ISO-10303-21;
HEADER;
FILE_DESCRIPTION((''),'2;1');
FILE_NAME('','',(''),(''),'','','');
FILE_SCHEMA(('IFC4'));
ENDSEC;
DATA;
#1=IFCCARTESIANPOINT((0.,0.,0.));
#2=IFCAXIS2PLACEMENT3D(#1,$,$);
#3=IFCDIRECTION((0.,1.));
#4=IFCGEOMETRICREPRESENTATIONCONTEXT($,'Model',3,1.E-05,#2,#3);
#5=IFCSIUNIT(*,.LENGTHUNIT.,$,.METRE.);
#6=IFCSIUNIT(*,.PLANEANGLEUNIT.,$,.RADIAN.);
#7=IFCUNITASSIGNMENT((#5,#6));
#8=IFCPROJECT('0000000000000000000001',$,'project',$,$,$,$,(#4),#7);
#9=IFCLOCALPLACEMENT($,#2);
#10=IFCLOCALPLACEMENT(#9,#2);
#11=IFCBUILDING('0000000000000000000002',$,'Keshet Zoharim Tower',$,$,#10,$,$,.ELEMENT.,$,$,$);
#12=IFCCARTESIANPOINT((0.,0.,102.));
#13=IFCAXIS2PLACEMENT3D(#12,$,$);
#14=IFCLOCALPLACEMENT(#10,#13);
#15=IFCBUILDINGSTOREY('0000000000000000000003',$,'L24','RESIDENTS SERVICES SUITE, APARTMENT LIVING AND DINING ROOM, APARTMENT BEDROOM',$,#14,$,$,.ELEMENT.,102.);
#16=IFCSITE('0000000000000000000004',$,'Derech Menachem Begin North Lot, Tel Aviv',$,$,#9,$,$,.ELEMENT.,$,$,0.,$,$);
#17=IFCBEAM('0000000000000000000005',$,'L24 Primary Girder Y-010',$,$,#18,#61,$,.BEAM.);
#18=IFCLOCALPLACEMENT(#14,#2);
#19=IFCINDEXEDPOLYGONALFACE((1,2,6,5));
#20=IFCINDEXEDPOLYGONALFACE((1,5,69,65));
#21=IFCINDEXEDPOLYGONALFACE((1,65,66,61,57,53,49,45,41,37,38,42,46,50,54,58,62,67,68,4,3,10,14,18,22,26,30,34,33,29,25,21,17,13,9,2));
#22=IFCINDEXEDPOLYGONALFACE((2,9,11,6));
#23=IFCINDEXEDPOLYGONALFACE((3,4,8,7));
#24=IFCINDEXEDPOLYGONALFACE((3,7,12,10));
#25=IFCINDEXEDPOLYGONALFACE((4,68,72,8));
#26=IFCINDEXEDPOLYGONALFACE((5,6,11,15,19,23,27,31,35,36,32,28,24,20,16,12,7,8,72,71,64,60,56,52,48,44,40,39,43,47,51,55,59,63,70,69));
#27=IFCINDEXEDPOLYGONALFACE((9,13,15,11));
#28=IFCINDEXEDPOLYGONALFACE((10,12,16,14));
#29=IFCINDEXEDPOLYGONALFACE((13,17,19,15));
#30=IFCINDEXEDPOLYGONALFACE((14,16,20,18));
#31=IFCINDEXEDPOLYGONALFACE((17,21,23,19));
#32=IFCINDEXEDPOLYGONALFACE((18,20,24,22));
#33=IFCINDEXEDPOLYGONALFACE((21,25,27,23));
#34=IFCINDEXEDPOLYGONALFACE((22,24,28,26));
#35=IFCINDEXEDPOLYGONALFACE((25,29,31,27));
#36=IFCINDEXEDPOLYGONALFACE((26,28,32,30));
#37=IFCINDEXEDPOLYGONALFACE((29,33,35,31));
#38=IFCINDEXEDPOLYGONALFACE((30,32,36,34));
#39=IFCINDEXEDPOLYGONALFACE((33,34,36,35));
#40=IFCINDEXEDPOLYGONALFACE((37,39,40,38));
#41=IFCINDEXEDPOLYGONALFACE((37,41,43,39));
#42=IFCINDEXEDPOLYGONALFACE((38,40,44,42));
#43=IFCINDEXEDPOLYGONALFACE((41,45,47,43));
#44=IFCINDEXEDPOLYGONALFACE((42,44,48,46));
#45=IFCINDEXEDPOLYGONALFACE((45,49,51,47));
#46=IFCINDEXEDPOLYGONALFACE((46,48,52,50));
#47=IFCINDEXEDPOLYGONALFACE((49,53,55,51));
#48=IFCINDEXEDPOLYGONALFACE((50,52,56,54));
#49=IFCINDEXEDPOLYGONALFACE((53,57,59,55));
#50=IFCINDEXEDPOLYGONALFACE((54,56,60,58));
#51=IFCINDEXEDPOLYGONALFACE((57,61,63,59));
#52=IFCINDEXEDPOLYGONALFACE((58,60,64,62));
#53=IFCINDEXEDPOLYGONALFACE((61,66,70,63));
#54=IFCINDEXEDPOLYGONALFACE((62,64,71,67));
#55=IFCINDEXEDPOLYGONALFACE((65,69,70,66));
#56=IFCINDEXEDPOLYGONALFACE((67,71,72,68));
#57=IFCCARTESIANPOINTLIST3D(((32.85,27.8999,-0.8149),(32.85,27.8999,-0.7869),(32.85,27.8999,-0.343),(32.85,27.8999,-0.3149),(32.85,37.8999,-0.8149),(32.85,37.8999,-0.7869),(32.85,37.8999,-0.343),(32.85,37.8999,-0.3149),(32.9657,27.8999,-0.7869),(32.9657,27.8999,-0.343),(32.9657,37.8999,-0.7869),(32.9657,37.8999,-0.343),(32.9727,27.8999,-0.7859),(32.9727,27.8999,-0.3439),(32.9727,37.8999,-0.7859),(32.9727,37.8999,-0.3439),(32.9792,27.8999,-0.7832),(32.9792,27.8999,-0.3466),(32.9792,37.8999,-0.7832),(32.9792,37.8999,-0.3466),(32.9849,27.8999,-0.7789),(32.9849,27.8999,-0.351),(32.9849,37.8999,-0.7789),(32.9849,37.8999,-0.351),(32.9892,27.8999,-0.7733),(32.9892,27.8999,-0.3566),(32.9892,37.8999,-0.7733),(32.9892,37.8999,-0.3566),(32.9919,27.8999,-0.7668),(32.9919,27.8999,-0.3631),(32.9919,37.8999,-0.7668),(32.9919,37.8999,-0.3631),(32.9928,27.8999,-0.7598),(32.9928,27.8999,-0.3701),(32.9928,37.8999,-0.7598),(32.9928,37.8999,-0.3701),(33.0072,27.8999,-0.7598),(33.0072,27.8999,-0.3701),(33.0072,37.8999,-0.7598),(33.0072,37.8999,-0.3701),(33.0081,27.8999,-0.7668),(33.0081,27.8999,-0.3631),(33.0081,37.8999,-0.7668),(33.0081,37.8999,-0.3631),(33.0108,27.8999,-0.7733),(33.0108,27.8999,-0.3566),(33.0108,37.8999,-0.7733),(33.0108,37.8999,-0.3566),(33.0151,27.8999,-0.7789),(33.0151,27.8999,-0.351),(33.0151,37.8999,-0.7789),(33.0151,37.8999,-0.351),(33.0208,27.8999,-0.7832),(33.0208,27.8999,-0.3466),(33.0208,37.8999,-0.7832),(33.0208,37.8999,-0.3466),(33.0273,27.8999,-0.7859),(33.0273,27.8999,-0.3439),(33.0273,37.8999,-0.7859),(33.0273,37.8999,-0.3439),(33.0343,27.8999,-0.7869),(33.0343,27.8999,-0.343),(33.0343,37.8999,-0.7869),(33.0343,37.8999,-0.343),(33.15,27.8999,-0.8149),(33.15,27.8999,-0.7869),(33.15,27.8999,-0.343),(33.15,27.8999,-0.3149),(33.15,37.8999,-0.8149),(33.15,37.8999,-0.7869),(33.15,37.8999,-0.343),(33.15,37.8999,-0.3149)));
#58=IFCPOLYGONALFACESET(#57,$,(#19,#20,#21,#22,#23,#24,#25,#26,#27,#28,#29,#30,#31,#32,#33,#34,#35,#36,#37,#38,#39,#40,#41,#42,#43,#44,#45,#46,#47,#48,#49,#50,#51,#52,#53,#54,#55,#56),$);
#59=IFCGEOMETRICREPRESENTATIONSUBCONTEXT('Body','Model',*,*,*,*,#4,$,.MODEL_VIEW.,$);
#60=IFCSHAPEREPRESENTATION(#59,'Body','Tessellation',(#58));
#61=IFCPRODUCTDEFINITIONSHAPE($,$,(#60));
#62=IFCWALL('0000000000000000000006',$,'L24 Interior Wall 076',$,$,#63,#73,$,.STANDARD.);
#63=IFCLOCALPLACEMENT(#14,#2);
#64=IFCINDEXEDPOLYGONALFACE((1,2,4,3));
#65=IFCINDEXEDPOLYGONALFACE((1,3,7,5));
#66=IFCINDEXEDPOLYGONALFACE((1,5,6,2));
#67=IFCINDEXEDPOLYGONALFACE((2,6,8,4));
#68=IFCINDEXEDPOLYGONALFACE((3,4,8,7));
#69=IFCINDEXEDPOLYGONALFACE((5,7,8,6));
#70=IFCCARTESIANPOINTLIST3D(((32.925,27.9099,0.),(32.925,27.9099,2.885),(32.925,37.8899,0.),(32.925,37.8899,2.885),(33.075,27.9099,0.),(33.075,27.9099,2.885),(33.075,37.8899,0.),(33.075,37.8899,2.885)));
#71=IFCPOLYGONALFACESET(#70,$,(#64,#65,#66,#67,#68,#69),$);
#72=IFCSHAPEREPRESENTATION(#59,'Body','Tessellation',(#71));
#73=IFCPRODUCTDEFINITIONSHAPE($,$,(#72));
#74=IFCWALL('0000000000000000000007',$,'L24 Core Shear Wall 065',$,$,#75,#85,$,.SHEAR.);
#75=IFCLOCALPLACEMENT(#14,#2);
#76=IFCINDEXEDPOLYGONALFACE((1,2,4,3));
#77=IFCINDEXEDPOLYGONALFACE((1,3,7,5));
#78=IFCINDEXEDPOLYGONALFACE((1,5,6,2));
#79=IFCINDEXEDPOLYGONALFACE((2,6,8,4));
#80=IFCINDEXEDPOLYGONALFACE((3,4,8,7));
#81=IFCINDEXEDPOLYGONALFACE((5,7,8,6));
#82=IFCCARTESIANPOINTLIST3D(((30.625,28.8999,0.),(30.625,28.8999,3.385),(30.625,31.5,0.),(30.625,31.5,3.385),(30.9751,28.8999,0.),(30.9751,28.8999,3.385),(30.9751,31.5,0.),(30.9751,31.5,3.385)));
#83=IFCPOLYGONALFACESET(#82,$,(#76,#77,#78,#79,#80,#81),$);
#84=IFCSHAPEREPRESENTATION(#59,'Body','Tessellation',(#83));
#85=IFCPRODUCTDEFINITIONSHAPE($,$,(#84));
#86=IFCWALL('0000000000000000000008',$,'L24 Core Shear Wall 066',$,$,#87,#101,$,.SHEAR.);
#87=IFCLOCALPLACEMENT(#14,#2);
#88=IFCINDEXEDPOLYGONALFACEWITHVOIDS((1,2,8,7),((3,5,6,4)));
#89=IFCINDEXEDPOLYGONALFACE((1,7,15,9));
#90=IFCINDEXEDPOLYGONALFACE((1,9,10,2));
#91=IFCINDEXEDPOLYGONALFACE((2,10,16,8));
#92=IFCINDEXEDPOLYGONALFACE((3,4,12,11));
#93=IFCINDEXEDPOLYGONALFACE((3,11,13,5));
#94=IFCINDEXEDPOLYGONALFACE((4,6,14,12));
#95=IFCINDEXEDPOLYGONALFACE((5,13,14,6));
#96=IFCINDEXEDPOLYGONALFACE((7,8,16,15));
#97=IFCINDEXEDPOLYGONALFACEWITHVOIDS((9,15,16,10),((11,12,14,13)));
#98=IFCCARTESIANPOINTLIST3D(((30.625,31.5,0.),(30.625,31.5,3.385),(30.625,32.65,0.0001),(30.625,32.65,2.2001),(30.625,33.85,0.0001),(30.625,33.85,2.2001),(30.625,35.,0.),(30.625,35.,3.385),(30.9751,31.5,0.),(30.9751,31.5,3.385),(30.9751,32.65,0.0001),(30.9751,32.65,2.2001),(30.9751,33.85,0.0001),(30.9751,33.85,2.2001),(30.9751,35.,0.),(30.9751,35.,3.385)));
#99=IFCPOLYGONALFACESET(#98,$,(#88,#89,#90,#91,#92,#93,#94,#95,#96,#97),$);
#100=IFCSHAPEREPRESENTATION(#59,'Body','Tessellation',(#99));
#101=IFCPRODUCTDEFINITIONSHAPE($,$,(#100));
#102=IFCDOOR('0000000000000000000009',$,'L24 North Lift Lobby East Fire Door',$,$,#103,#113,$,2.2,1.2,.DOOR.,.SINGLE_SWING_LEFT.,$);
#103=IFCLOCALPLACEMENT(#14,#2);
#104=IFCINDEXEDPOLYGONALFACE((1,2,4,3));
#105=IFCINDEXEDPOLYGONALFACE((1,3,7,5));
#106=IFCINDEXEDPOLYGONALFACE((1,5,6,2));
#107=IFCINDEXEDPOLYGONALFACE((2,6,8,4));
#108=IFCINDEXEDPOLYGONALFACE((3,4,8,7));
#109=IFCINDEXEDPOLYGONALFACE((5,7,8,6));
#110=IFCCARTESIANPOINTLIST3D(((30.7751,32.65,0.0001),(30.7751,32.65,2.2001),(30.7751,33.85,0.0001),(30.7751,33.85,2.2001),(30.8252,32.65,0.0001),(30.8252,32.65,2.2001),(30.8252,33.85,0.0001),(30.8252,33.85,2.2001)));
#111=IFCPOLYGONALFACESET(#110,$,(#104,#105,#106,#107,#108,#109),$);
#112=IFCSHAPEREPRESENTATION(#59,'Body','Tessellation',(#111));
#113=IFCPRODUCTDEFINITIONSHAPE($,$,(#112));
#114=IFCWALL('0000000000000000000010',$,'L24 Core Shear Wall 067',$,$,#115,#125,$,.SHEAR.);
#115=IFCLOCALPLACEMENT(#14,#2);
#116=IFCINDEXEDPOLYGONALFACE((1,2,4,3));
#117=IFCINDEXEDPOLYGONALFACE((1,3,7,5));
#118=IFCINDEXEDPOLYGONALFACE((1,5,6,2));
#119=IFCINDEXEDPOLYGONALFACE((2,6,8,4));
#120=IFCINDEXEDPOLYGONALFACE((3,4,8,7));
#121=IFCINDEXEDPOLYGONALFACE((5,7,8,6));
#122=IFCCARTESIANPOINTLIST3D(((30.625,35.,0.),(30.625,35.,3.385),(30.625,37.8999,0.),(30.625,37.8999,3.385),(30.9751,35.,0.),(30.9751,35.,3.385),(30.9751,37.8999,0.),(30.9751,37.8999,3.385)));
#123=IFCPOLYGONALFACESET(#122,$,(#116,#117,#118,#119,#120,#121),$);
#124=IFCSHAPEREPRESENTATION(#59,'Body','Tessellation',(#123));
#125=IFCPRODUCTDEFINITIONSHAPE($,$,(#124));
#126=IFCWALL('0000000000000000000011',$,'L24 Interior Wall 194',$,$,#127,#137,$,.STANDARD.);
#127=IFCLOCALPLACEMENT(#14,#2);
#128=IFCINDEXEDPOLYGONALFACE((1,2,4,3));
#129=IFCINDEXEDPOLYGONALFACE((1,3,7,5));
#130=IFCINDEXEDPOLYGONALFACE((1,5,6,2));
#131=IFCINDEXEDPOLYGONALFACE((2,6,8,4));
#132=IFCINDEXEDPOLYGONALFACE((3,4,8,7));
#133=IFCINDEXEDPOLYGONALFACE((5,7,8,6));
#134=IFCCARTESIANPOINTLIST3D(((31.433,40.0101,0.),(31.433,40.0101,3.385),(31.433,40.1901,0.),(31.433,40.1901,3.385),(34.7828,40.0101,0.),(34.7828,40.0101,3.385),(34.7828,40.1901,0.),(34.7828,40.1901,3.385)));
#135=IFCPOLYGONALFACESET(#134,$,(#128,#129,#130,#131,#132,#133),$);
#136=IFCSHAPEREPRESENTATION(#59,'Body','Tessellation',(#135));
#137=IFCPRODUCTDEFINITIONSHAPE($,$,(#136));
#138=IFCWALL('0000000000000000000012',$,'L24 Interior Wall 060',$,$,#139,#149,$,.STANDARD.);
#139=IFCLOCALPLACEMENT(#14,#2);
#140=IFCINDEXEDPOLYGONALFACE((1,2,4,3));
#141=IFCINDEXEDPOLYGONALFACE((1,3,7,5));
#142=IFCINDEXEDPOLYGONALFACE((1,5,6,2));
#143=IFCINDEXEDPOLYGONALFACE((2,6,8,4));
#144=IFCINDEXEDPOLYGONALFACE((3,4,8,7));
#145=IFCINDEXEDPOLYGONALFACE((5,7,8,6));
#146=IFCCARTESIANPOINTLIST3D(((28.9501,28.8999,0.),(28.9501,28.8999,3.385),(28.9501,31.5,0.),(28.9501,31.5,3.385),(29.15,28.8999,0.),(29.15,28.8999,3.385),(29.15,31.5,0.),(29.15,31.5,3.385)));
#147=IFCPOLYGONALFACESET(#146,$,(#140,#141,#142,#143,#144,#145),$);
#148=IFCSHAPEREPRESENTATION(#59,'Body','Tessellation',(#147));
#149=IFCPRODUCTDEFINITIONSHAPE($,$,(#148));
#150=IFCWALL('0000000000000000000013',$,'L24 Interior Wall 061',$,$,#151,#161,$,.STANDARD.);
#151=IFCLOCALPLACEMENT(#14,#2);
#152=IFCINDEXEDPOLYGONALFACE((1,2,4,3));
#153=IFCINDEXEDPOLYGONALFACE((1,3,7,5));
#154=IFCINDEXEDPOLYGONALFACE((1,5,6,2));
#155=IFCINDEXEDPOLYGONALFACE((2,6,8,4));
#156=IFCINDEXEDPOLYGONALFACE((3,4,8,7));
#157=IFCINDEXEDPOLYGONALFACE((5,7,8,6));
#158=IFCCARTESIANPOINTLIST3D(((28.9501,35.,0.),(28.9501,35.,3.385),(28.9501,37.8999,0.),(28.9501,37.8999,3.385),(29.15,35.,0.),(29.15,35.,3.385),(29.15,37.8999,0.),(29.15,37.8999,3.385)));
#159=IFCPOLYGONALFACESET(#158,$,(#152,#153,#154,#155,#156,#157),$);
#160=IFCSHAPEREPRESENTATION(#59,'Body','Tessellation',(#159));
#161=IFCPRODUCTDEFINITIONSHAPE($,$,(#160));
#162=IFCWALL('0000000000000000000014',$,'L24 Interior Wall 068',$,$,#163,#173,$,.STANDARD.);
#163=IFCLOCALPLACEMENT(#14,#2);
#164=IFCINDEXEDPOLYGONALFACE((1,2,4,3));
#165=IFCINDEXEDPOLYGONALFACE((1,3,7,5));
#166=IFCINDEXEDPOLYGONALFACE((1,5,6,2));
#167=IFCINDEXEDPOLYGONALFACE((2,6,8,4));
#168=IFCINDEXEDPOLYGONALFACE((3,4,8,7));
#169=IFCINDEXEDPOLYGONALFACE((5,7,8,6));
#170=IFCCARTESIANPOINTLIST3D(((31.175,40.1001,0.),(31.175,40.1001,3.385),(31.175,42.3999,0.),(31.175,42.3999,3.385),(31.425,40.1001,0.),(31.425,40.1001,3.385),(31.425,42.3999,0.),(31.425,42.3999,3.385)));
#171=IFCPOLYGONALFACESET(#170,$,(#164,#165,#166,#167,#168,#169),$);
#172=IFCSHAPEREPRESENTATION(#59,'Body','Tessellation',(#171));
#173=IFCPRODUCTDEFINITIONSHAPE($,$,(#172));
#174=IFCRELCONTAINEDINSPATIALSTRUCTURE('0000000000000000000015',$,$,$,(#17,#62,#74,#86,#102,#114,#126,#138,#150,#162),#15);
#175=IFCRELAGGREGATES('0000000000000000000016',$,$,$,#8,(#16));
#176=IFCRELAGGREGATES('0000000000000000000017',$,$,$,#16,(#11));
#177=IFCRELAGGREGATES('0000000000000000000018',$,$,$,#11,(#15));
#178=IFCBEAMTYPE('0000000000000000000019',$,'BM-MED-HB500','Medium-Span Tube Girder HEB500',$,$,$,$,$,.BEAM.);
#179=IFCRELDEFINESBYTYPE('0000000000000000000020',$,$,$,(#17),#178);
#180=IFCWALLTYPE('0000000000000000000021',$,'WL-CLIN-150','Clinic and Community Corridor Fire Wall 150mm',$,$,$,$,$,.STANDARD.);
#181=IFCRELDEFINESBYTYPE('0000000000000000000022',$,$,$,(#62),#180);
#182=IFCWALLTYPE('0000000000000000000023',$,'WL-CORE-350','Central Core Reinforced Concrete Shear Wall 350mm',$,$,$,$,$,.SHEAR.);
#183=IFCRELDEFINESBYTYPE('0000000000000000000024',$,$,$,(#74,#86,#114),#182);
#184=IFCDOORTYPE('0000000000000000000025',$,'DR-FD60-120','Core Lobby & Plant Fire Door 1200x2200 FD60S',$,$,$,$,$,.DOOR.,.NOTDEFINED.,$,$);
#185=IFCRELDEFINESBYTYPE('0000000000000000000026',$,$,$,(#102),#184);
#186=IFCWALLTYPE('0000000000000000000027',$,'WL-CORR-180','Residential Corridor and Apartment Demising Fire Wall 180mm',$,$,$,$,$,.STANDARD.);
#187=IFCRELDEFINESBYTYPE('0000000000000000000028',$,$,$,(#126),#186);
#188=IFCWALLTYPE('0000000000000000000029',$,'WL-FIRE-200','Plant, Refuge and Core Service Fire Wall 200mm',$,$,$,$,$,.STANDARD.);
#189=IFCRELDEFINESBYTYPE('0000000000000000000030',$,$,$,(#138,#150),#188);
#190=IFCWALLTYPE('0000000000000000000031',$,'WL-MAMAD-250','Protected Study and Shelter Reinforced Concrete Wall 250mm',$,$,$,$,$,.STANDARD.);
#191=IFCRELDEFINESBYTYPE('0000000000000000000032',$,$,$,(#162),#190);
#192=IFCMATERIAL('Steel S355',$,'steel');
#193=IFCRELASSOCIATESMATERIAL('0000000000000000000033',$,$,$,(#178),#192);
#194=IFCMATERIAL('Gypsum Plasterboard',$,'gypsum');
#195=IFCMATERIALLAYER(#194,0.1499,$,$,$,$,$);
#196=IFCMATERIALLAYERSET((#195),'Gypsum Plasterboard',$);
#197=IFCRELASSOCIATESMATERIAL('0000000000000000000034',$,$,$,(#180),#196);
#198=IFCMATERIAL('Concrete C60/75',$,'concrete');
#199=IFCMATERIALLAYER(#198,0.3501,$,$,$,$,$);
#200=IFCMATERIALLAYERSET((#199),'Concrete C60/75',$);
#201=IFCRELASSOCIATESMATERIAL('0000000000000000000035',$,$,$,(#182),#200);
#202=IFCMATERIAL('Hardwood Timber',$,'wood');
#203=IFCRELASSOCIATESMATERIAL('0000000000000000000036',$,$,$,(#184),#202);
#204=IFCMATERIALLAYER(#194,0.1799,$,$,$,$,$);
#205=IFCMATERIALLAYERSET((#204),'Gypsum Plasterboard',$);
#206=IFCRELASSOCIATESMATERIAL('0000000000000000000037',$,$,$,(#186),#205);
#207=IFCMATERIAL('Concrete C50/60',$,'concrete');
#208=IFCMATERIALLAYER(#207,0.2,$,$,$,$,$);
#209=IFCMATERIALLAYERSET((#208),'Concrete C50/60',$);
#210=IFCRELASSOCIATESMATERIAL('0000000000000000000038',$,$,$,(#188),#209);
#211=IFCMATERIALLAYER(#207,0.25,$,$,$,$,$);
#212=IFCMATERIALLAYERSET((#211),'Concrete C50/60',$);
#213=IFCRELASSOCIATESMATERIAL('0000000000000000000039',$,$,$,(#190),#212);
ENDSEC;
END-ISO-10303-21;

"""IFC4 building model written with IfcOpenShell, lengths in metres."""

from ifc_helpers import new_model, si_unit, direction, frame, frame_2d, origin, origin_2d, place, context, subcontext, project, spatial, rectangle, i_section, extrude, material, layer, layer_set, material_profile, profile_set, type_object, element, fill, save


model = new_model("IFC4")

# Units and contexts
model_context = context("Model", 3, precision=1e-05, world=origin(), true_north=direction((0.0, 1.0)))
body_context = subcontext(model_context, "Body", "Model", "MODEL_VIEW")
ifc_project = project(units=[si_unit("LENGTHUNIT", "METRE"), si_unit("PLANEANGLEUNIT", "RADIAN")], contexts=[model_context])

# Site, building, storey
site_placement = place(None, origin())
site = spatial("IfcSite", under=ifc_project, at=site_placement, Name="Derech Menachem Begin North Lot, Tel Aviv", CompositionType="ELEMENT", RefElevation=0.0)
building_placement = place(site_placement, origin())
building = spatial("IfcBuilding", under=site, at=building_placement, Name="Keshet Zoharim Tower", CompositionType="ELEMENT")
storey_placement = place(building_placement, frame((0.0, 0.0, 102.0)))
storey = spatial("IfcBuildingStorey", under=building, at=storey_placement, Name="L24", Description="RESIDENTS SERVICES SUITE, APARTMENT LIVING AND DINING ROOM, APARTMENT BEDROOM", CompositionType="ELEMENT", Elevation=102.0)

# Shared definitions
ifc_material_1 = material(Name="Concrete C60/75", Category="concrete")

# Beam
ifc_material_2 = material(Name="Steel S355", Category="steel")
ifc_material_profile_1 = material_profile(ifc_material_2, i_section(OverallWidth=0.3, OverallDepth=0.5, WebThickness=0.0144, FlangeThickness=0.0281, FilletRadius=0.0271, at=origin_2d()), Name="HEB500")
ifc_profile_set_1 = profile_set([ifc_material_profile_1], Name="Steel S355")
beam_type_1 = type_object("IfcBeamType", Name="BM-MED-HB500", Description="Medium-Span Tube Girder HEB500", PredefinedType="BEAM", material=ifc_profile_set_1)
beam_1_placement = place(storey_placement, frame((33.0, 27.8999, -0.5649), z_axis=(0.0, 1.0, 0.0), x_axis=(-1.0, 0.0, 0.0)))
element("IfcBeam", 1, at=beam_1_placement, inside=storey, type_object=beam_type_1, Name="L24 Primary Girder Y-010", PredefinedType="BEAM", context=body_context, shape_type="SweptSolid", body=[
    extrude(i_section(OverallWidth=0.3, OverallDepth=0.5, WebThickness=0.0144, FlangeThickness=0.0281, FilletRadius=0.0271, at=origin_2d()), origin(), (0.0, 0.0, 1.0), 10.0),
])

# Walls
ifc_material_3 = material(Name="Gypsum Plasterboard", Category="gypsum")
ifc_layer_1 = layer(ifc_material_3, 0.1499)
ifc_layer_set_1 = layer_set([ifc_layer_1], Name="Gypsum Plasterboard")
wall_type_1 = type_object("IfcWallType", Name="WL-CLIN-150", Description="Clinic and Community Corridor Fire Wall 150mm", PredefinedType="STANDARD", material=ifc_layer_set_1)
wall_1_placement = place(storey_placement, frame((33.0, 27.9099, 0.0), z_axis=(0.0, 0.0, 1.0), x_axis=(0.0, 1.0, 0.0)))
element("IfcWall", 2, at=wall_1_placement, inside=storey, type_object=wall_type_1, Name="L24 Interior Wall 076", PredefinedType="STANDARD", context=body_context, shape_type="SweptSolid", body=[
    extrude(rectangle(XDim=9.98, YDim=0.1499, at=frame_2d((4.99, 0.0))), origin(), (0.0, 0.0, 1.0), 2.885),
])
ifc_layer_2 = layer(ifc_material_1, 0.3501)
ifc_layer_set_2 = layer_set([ifc_layer_2], Name="Concrete C60/75")
wall_type_2 = type_object("IfcWallType", Name="WL-CORE-350", Description="Central Core Reinforced Concrete Shear Wall 350mm", PredefinedType="SHEAR", material=ifc_layer_set_2)
wall_2_placement = place(storey_placement, frame((30.8, 28.8999, 0.0), z_axis=(0.0, 0.0, 1.0), x_axis=(0.0, 1.0, 0.0)))
element("IfcWall", 3, at=wall_2_placement, inside=storey, type_object=wall_type_2, Name="L24 Core Shear Wall 065", PredefinedType="SHEAR", context=body_context, shape_type="SweptSolid", body=[
    extrude(rectangle(XDim=2.6001, YDim=0.3501, at=frame_2d((1.3, 0.0))), origin(), (0.0, 0.0, 1.0), 3.385),
])

# Wall, opening, door
wall_3_placement = place(storey_placement, frame((30.8, 31.5, 0.0), z_axis=(0.0, 0.0, 1.0), x_axis=(0.0, 1.0, 0.0)))
wall_3 = element("IfcWall", 4, at=wall_3_placement, inside=storey, type_object=wall_type_2, Name="L24 Core Shear Wall 066", PredefinedType="SHEAR", context=body_context, shape_type="SweptSolid", body=[
    extrude(rectangle(XDim=3.5, YDim=0.3501, at=frame_2d((1.75, 0.0))), origin(), (0.0, 0.0, 1.0), 3.385),
])
opening_1_placement = place(wall_3_placement, frame((1.1499, 0.0, 0.0)))
opening_1 = element("IfcOpeningElement", 5, at=opening_1_placement, cuts=wall_3, PredefinedType="OPENING", context=body_context, shape_type="SweptSolid", body=[
    extrude(rectangle(XDim=1.2, YDim=2.2, at=frame_2d((0.6001, 1.1001))), frame((0.0, 0.1851, 0.0), z_axis=(0.0, -1.0, 0.0), x_axis=(1.0, 0.0, 0.0)), (0.0, 0.0, 1.0), 0.3701),
])
ifc_material_4 = material(Name="Hardwood Timber", Category="wood")
door_type_1 = type_object("IfcDoorType", Name="DR-FD60-120", Description="Core Lobby & Plant Fire Door 1200x2200 FD60S", OperationType="NOTDEFINED", PredefinedType="DOOR", material=ifc_material_4)
door_1_placement = place(opening_1_placement, origin())
door_1 = element("IfcDoor", 6, at=door_1_placement, inside=storey, type_object=door_type_1, Name="L24 North Lift Lobby East Fire Door", OperationType="SINGLE_SWING_LEFT", OverallHeight=2.2, OverallWidth=1.2, PredefinedType="DOOR", context=body_context, shape_type="SweptSolid", body=[
    extrude(rectangle(XDim=1.2, YDim=2.2, at=frame_2d((0.6001, 1.1001))), frame((0.0, 0.0249, 0.0), z_axis=(0.0, -1.0, 0.0), x_axis=(1.0, 0.0, 0.0)), (0.0, 0.0, 1.0), 0.05),
])
fill(opening_1, door_1)

# Walls
wall_4_placement = place(storey_placement, frame((30.8, 35.0, 0.0), z_axis=(0.0, 0.0, 1.0), x_axis=(0.0, 1.0, 0.0)))
element("IfcWall", 7, at=wall_4_placement, inside=storey, type_object=wall_type_2, Name="L24 Core Shear Wall 067", PredefinedType="SHEAR", context=body_context, shape_type="SweptSolid", body=[
    extrude(rectangle(XDim=2.8999, YDim=0.3501, at=frame_2d((1.45, 0.0))), origin(), (0.0, 0.0, 1.0), 3.385),
])
ifc_layer_3 = layer(ifc_material_3, 0.1799)
ifc_layer_set_3 = layer_set([ifc_layer_3], Name="Gypsum Plasterboard")
wall_type_3 = type_object("IfcWallType", Name="WL-CORR-180", Description="Residential Corridor and Apartment Demising Fire Wall 180mm", PredefinedType="STANDARD", material=ifc_layer_set_3)
wall_5_placement = place(storey_placement, frame((31.4331, 40.1001, 0.0), z_axis=(0.0, 0.0, 1.0), x_axis=(1.0, 0.0, 0.0)))
element("IfcWall", 8, at=wall_5_placement, inside=storey, type_object=wall_type_3, Name="L24 Interior Wall 194", PredefinedType="STANDARD", context=body_context, shape_type="SweptSolid", body=[
    extrude(rectangle(XDim=3.3499, YDim=0.1799, at=frame_2d((1.6748, 0.0))), origin(), (0.0, 0.0, 1.0), 3.385),
])
ifc_material_5 = material(Name="Concrete C50/60", Category="concrete")
ifc_layer_4 = layer(ifc_material_5, 0.2)
ifc_layer_set_4 = layer_set([ifc_layer_4], Name="Concrete C50/60")
wall_type_4 = type_object("IfcWallType", Name="WL-FIRE-200", Description="Plant, Refuge and Core Service Fire Wall 200mm", PredefinedType="STANDARD", material=ifc_layer_set_4)
wall_6_placement = place(storey_placement, frame((29.05, 28.8999, 0.0), z_axis=(0.0, 0.0, 1.0), x_axis=(0.0, 1.0, 0.0)))
element("IfcWall", 9, at=wall_6_placement, inside=storey, type_object=wall_type_4, Name="L24 Interior Wall 060", PredefinedType="STANDARD", context=body_context, shape_type="SweptSolid", body=[
    extrude(rectangle(XDim=2.6001, YDim=0.2, at=frame_2d((1.3, 0.0))), origin(), (0.0, 0.0, 1.0), 3.385),
])
wall_7_placement = place(storey_placement, frame((29.05, 35.0, 0.0), z_axis=(0.0, 0.0, 1.0), x_axis=(0.0, 1.0, 0.0)))
element("IfcWall", 10, at=wall_7_placement, inside=storey, type_object=wall_type_4, Name="L24 Interior Wall 061", PredefinedType="STANDARD", context=body_context, shape_type="SweptSolid", body=[
    extrude(rectangle(XDim=2.8999, YDim=0.2, at=frame_2d((1.45, 0.0))), origin(), (0.0, 0.0, 1.0), 3.385),
])
ifc_layer_5 = layer(ifc_material_5, 0.25)
ifc_layer_set_5 = layer_set([ifc_layer_5], Name="Concrete C50/60")
wall_type_5 = type_object("IfcWallType", Name="WL-MAMAD-250", Description="Protected Study and Shelter Reinforced Concrete Wall 250mm", PredefinedType="STANDARD", material=ifc_layer_set_5)
wall_8_placement = place(storey_placement, frame((31.3, 40.1001, 0.0), z_axis=(0.0, 0.0, 1.0), x_axis=(0.0, 1.0, 0.0)))
element("IfcWall", 11, at=wall_8_placement, inside=storey, type_object=wall_type_5, Name="L24 Interior Wall 068", PredefinedType="STANDARD", context=body_context, shape_type="SweptSolid", body=[
    extrude(rectangle(XDim=2.2998, YDim=0.25, at=frame_2d((1.1499, 0.0))), origin(), (0.0, 0.0, 1.0), 3.385),
])

save(model, "model.ifc")
